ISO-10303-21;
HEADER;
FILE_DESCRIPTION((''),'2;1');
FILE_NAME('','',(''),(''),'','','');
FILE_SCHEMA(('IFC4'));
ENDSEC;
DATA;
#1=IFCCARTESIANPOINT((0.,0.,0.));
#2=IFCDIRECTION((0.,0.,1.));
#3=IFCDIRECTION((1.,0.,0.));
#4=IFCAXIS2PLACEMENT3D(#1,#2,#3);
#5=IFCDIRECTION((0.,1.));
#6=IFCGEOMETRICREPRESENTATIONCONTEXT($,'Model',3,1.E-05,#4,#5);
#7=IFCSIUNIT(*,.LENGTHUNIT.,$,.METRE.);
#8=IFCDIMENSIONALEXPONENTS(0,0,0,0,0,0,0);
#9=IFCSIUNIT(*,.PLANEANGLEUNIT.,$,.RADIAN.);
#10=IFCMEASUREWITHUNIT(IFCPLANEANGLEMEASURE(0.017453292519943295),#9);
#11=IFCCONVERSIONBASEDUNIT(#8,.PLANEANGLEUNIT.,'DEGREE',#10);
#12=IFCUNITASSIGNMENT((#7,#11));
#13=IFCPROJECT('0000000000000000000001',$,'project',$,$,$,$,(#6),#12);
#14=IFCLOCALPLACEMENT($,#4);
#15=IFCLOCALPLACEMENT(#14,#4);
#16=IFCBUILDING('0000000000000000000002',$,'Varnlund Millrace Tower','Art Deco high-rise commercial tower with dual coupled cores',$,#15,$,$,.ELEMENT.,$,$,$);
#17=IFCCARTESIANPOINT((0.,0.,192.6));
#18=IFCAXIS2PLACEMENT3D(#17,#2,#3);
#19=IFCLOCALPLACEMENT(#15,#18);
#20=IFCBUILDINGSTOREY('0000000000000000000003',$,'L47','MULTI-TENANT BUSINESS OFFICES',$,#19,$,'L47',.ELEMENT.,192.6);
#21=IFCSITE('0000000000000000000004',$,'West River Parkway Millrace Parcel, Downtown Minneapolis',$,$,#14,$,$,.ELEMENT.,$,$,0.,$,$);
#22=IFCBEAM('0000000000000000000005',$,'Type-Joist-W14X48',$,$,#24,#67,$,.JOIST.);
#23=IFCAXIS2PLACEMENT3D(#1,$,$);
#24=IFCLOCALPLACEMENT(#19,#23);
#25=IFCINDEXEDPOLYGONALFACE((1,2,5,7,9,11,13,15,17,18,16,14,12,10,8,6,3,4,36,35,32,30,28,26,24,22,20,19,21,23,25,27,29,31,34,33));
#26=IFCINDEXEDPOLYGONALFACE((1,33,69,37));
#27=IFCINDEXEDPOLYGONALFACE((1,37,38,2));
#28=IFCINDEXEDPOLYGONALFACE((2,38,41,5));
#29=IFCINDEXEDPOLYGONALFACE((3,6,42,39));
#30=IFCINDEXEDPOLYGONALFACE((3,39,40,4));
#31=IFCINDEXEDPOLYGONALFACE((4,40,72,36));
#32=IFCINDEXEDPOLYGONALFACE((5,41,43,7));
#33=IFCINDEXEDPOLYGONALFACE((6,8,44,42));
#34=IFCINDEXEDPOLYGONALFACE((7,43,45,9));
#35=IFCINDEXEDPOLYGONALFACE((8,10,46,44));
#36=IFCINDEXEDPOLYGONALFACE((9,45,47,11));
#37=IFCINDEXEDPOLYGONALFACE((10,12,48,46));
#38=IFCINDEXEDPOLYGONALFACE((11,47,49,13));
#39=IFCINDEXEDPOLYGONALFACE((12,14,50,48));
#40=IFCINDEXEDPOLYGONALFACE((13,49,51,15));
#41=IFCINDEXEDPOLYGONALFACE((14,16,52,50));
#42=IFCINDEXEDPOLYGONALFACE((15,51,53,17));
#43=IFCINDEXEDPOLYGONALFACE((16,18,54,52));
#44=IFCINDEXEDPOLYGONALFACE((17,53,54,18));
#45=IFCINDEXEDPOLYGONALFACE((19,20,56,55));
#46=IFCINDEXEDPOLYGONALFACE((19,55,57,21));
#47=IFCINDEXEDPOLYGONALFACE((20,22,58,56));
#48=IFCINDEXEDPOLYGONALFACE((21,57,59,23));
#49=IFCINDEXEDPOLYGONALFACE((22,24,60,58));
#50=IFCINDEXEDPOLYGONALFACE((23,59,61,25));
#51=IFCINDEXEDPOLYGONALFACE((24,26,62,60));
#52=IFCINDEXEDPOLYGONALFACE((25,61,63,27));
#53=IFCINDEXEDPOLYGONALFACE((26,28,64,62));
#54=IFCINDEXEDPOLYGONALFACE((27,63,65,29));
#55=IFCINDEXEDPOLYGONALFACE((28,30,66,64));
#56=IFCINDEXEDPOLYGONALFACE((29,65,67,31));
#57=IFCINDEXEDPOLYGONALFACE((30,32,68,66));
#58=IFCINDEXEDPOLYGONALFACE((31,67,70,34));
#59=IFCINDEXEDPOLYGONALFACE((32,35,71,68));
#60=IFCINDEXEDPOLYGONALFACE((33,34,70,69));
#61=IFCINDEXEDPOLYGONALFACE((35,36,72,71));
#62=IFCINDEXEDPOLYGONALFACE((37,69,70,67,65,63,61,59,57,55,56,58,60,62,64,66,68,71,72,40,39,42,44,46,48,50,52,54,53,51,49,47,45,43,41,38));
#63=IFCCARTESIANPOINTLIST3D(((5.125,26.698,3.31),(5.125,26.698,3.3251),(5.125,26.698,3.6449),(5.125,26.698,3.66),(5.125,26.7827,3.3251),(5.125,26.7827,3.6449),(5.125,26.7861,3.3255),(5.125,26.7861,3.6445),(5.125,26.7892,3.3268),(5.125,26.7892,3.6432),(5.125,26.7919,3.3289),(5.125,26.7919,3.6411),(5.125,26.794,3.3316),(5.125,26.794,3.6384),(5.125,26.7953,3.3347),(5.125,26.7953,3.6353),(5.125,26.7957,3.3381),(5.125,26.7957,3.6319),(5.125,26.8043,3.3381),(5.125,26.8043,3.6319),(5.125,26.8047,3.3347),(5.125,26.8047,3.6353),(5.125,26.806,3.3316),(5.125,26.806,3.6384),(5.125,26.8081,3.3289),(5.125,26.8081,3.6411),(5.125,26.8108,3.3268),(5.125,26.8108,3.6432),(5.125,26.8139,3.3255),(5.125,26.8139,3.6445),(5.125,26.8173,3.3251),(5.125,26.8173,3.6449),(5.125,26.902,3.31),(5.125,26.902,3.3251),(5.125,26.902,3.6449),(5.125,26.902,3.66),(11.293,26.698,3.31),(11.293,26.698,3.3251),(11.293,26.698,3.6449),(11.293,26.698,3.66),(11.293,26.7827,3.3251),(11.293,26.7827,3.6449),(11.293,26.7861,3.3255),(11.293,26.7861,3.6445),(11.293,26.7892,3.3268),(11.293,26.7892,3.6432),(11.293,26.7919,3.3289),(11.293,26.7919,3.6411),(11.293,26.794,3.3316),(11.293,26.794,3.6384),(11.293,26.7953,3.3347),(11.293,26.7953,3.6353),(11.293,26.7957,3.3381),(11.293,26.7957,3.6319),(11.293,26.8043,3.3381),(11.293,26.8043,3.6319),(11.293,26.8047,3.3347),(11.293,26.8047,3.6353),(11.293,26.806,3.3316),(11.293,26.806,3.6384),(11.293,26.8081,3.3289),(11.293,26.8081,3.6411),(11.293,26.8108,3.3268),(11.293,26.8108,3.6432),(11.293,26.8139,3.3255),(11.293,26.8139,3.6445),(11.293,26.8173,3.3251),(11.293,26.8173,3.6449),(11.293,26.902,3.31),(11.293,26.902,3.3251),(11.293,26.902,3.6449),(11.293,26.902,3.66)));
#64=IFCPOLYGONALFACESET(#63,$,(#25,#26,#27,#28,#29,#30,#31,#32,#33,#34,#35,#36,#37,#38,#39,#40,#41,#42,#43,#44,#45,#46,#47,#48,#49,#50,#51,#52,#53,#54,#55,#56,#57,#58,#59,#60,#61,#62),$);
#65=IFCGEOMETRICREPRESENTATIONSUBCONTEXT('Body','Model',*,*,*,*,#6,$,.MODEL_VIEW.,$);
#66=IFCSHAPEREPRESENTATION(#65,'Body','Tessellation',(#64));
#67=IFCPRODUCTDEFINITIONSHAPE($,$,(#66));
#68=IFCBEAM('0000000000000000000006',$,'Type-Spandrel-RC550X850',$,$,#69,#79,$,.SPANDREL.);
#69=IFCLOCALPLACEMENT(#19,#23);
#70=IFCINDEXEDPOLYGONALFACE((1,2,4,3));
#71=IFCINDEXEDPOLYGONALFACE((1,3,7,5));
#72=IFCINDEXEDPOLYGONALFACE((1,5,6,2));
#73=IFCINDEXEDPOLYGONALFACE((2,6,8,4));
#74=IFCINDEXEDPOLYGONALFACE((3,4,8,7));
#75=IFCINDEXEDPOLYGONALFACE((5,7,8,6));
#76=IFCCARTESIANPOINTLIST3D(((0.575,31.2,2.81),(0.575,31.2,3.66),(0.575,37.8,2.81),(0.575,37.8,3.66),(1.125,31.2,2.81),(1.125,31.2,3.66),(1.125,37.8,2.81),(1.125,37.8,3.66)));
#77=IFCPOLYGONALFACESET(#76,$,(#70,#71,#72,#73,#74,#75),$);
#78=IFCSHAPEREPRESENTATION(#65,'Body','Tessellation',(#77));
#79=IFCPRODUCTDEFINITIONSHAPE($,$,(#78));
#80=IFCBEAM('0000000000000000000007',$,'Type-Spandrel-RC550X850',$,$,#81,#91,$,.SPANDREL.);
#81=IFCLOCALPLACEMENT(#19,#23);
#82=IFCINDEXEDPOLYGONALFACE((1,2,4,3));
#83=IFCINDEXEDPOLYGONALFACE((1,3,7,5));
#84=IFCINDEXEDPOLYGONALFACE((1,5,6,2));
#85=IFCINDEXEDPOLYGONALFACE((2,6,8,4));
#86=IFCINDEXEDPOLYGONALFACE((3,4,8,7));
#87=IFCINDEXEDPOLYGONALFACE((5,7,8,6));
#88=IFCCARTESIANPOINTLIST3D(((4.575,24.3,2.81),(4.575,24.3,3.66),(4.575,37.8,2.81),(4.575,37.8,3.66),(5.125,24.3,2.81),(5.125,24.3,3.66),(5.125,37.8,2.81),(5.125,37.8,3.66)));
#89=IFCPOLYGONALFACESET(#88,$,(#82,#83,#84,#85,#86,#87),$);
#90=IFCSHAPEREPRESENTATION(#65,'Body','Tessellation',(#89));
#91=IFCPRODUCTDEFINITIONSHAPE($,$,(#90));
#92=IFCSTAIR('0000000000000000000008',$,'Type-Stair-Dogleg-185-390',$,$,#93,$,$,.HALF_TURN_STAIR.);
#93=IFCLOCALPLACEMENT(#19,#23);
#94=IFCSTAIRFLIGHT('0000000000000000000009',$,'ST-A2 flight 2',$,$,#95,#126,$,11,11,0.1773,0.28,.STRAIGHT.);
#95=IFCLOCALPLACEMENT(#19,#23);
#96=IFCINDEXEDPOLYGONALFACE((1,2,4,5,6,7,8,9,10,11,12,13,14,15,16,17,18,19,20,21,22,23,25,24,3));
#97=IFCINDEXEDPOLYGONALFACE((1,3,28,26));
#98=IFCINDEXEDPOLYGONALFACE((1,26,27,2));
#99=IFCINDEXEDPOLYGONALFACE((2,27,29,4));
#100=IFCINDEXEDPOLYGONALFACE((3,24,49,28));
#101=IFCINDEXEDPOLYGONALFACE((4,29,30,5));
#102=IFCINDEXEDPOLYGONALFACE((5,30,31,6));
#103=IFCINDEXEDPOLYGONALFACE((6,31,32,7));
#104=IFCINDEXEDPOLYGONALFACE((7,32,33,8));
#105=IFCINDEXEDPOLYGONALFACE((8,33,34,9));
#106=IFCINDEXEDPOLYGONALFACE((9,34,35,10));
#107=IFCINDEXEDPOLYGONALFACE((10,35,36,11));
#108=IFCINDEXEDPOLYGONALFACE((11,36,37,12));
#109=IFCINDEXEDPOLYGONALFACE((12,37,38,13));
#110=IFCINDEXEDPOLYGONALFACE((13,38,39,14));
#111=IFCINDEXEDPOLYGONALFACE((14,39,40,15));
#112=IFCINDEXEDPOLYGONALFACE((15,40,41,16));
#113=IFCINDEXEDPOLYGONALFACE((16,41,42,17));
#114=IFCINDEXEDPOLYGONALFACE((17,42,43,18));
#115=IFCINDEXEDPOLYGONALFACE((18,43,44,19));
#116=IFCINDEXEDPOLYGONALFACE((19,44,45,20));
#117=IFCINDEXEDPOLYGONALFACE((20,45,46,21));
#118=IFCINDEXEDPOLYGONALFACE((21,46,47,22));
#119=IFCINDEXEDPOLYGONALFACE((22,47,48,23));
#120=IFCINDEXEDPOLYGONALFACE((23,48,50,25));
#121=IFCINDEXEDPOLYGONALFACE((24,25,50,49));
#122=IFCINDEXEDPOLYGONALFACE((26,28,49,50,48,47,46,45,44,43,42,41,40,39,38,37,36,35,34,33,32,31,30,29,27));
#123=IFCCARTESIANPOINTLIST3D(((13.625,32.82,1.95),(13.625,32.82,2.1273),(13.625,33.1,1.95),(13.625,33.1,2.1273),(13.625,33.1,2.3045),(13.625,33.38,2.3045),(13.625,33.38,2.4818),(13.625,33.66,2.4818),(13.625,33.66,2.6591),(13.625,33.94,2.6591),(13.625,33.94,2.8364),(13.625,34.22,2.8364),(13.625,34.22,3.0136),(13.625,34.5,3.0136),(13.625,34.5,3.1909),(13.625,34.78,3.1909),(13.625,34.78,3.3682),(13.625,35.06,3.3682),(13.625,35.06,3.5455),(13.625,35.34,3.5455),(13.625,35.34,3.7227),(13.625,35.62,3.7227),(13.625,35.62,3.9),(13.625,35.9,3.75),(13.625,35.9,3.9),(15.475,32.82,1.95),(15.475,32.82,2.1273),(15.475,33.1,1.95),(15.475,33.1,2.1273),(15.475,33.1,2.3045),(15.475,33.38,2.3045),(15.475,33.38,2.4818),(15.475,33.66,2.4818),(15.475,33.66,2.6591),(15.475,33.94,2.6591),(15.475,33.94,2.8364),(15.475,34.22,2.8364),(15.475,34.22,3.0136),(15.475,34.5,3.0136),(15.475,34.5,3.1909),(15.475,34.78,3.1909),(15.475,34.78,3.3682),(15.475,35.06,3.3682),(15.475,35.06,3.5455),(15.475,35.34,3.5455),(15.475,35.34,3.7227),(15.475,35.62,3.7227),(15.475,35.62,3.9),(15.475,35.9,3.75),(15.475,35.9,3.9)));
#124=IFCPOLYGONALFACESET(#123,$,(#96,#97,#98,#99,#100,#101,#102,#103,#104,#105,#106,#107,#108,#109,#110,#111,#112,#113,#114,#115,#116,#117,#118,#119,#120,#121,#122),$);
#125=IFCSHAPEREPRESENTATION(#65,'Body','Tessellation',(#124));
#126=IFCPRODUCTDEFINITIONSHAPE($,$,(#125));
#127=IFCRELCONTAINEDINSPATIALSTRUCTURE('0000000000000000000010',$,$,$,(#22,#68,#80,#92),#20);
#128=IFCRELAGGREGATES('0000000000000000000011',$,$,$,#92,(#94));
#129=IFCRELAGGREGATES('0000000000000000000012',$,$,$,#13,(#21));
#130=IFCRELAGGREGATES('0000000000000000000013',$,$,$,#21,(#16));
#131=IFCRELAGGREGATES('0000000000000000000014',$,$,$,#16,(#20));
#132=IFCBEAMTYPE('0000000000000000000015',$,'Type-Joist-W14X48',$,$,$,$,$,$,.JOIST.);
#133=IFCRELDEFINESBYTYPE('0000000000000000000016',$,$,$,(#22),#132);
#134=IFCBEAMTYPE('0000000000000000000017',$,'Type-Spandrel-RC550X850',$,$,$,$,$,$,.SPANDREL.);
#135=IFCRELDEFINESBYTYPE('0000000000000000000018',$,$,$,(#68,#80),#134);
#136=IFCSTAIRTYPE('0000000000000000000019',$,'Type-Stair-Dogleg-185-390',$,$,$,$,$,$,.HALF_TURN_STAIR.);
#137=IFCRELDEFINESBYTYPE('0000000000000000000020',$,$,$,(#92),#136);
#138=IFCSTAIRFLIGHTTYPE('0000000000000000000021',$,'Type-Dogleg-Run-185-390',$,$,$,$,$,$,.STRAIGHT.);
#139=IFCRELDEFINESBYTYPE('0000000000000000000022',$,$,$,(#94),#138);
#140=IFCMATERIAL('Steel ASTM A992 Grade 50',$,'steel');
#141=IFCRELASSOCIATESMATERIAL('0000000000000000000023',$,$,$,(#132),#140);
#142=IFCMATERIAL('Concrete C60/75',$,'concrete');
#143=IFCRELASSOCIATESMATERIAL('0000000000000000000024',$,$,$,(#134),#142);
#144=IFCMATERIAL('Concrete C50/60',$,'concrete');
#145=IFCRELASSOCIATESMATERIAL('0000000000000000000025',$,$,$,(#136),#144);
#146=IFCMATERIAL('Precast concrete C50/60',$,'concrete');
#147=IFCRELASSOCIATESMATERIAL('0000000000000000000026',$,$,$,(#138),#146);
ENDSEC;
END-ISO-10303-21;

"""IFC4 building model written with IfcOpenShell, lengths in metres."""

from ifc_helpers import new_model, entity, si_unit, converted_unit, direction, frame, origin_with_axes, origin_2d_with_axis, place, context, subcontext, project, spatial, polyline, rectangle, i_section, outline, extrude, material, material_profile, profile_set, type_object, element, aggregate, save


model = new_model("IFC4")

# Units and contexts
model_context = context("Model", 3, precision=1e-05, world=origin_with_axes(), true_north=direction((0.0, 1.0)))
body_context = subcontext(model_context, "Body", "Model", "MODEL_VIEW")
ifc_project = project(units=[si_unit("LENGTHUNIT", "METRE"), converted_unit("PLANEANGLEUNIT", "DEGREE", entity("IfcPlaneAngleMeasure", 0.017453292519943295), si_unit("PLANEANGLEUNIT", "RADIAN"), dimensions=[0, 0, 0, 0, 0, 0, 0])], contexts=[model_context])

# Site, building, storey
site_placement = place(None, origin_with_axes())
site = spatial("IfcSite", under=ifc_project, at=site_placement, Name="West River Parkway Millrace Parcel, Downtown Minneapolis", CompositionType="ELEMENT", RefElevation=0.0)
building_placement = place(site_placement, origin_with_axes())
building = spatial("IfcBuilding", under=site, at=building_placement, Name="Varnlund Millrace Tower", Description="Art Deco high-rise commercial tower with dual coupled cores", CompositionType="ELEMENT")
storey_placement = place(building_placement, frame((0.0, 0.0, 192.6), z_axis=(0.0, 0.0, 1.0), x_axis=(1.0, 0.0, 0.0)))
storey = spatial("IfcBuildingStorey", under=building, at=storey_placement, Name="L47", Description="MULTI-TENANT BUSINESS OFFICES", LongName="L47", CompositionType="ELEMENT", Elevation=192.6)

# Beams
ifc_material_1 = material(Name="Steel ASTM A992 Grade 50", Category="steel")
ifc_material_profile_1 = material_profile(ifc_material_1, i_section(OverallWidth=0.204, OverallDepth=0.35, WebThickness=0.0086, FlangeThickness=0.0151, FilletRadius=0.013, at=origin_2d_with_axis()), Name="Steel ASTM A992 Grade 50")
ifc_profile_set_1 = profile_set([ifc_material_profile_1], Name="Steel ASTM A992 Grade 50")
beam_type_1 = type_object("IfcBeamType", Name="Type-Joist-W14X48", PredefinedType="JOIST", material=ifc_profile_set_1)
for number, where, z_axis, x_axis, name in (
    (1, (5.125, 26.8, 3.485), (1.0, 0.0, 0.0), (0.0, 1.0, 0.0), "Type-Joist-W14X48"),
):
    element("IfcBeam", number, at=place(storey_placement, frame(where, z_axis=z_axis, x_axis=x_axis)), inside=storey, type_object=beam_type_1, Name=name, PredefinedType="JOIST", context=body_context, shape_type="SweptSolid", body=[
        extrude(i_section(OverallWidth=0.204, OverallDepth=0.35, WebThickness=0.0086, FlangeThickness=0.0151, FilletRadius=0.013, at=origin_2d_with_axis()), origin_with_axes(), (0.0, 0.0, 1.0), 6.168),
    ])
ifc_material_2 = material(Name="Concrete C60/75", Category="concrete")
ifc_material_profile_2 = material_profile(ifc_material_2, rectangle(XDim=0.55, YDim=0.85, at=origin_2d_with_axis()), Name="Concrete C60/75")
ifc_profile_set_2 = profile_set([ifc_material_profile_2], Name="Concrete C60/75")
beam_type_2 = type_object("IfcBeamType", Name="Type-Spandrel-RC550X850", PredefinedType="SPANDREL", material=ifc_profile_set_2)
beam_1_placement = place(storey_placement, frame((0.85, 31.2, 3.235), z_axis=(0.0, 1.0, 0.0), x_axis=(-1.0, 0.0, 0.0)))
element("IfcBeam", 2, at=beam_1_placement, inside=storey, type_object=beam_type_2, Name="Type-Spandrel-RC550X850", PredefinedType="SPANDREL", context=body_context, shape_type="SweptSolid", body=[
    extrude(rectangle(XDim=0.55, YDim=0.85, at=origin_2d_with_axis()), origin_with_axes(), (0.0, 0.0, 1.0), 6.6),
])
beam_2_placement = place(storey_placement, frame((4.85, 24.3, 3.235), z_axis=(0.0, 1.0, 0.0), x_axis=(-1.0, 0.0, 0.0)))
element("IfcBeam", 3, at=beam_2_placement, inside=storey, type_object=beam_type_2, Name="Type-Spandrel-RC550X850", PredefinedType="SPANDREL", context=body_context, shape_type="SweptSolid", body=[
    extrude(rectangle(XDim=0.55, YDim=0.85, at=origin_2d_with_axis()), origin_with_axes(), (0.0, 0.0, 1.0), 13.5),
])

# Stair, stair flight
ifc_material_3 = material(Name="Concrete C50/60", Category="concrete")
stair_type = type_object("IfcStairType", Name="Type-Stair-Dogleg-185-390", PredefinedType="HALF_TURN_STAIR", material=ifc_material_3)
stair_placement = place(storey_placement, origin_with_axes())
stair = element("IfcStair", 4, at=stair_placement, inside=storey, type_object=stair_type, Name="Type-Stair-Dogleg-185-390", PredefinedType="HALF_TURN_STAIR")
ifc_material_4 = material(Name="Precast concrete C50/60", Category="concrete")
stair_flight_type = type_object("IfcStairFlightType", Name="Type-Dogleg-Run-185-390", PredefinedType="STRAIGHT", material=ifc_material_4)
stair_flight_placement = place(storey_placement, frame((13.625, 32.82, 1.95), z_axis=(1.0, 0.0, 0.0), x_axis=(0.0, 1.0, 0.0)))
stair_flight = element("IfcStairFlight", 5, at=stair_flight_placement, type_object=stair_flight_type, Name="ST-A2 flight 2", NumberOfRisers=11, NumberOfTreads=11, PredefinedType="STRAIGHT", RiserHeight=0.1773, TreadLength=0.28, context=body_context, shape_type="SweptSolid", body=[
    extrude(outline(polyline([(0.0, 0.0), (0.0, 0.1773), (0.28, 0.1773), (0.28, 0.3545), (0.56, 0.3545), (0.56, 0.5318), (0.84, 0.5318), (0.84, 0.7091), (1.12, 0.7091), (1.12, 0.8864), (1.4, 0.8864), (1.4, 1.0636), (1.68, 1.0636), (1.68, 1.2409), (1.96, 1.2409), (1.96, 1.4182), (2.24, 1.4182), (2.24, 1.5955), (2.52, 1.5955), (2.52, 1.7727), (2.8, 1.7727), (2.8, 1.95), (3.08, 1.95), (3.08, 1.8), (0.28, 0.0), (0.0, 0.0)])), origin_with_axes(), (0.0, 0.0, 1.0), 1.85),
])
aggregate(stair, [stair_flight])

save(model, "model.ifc")
